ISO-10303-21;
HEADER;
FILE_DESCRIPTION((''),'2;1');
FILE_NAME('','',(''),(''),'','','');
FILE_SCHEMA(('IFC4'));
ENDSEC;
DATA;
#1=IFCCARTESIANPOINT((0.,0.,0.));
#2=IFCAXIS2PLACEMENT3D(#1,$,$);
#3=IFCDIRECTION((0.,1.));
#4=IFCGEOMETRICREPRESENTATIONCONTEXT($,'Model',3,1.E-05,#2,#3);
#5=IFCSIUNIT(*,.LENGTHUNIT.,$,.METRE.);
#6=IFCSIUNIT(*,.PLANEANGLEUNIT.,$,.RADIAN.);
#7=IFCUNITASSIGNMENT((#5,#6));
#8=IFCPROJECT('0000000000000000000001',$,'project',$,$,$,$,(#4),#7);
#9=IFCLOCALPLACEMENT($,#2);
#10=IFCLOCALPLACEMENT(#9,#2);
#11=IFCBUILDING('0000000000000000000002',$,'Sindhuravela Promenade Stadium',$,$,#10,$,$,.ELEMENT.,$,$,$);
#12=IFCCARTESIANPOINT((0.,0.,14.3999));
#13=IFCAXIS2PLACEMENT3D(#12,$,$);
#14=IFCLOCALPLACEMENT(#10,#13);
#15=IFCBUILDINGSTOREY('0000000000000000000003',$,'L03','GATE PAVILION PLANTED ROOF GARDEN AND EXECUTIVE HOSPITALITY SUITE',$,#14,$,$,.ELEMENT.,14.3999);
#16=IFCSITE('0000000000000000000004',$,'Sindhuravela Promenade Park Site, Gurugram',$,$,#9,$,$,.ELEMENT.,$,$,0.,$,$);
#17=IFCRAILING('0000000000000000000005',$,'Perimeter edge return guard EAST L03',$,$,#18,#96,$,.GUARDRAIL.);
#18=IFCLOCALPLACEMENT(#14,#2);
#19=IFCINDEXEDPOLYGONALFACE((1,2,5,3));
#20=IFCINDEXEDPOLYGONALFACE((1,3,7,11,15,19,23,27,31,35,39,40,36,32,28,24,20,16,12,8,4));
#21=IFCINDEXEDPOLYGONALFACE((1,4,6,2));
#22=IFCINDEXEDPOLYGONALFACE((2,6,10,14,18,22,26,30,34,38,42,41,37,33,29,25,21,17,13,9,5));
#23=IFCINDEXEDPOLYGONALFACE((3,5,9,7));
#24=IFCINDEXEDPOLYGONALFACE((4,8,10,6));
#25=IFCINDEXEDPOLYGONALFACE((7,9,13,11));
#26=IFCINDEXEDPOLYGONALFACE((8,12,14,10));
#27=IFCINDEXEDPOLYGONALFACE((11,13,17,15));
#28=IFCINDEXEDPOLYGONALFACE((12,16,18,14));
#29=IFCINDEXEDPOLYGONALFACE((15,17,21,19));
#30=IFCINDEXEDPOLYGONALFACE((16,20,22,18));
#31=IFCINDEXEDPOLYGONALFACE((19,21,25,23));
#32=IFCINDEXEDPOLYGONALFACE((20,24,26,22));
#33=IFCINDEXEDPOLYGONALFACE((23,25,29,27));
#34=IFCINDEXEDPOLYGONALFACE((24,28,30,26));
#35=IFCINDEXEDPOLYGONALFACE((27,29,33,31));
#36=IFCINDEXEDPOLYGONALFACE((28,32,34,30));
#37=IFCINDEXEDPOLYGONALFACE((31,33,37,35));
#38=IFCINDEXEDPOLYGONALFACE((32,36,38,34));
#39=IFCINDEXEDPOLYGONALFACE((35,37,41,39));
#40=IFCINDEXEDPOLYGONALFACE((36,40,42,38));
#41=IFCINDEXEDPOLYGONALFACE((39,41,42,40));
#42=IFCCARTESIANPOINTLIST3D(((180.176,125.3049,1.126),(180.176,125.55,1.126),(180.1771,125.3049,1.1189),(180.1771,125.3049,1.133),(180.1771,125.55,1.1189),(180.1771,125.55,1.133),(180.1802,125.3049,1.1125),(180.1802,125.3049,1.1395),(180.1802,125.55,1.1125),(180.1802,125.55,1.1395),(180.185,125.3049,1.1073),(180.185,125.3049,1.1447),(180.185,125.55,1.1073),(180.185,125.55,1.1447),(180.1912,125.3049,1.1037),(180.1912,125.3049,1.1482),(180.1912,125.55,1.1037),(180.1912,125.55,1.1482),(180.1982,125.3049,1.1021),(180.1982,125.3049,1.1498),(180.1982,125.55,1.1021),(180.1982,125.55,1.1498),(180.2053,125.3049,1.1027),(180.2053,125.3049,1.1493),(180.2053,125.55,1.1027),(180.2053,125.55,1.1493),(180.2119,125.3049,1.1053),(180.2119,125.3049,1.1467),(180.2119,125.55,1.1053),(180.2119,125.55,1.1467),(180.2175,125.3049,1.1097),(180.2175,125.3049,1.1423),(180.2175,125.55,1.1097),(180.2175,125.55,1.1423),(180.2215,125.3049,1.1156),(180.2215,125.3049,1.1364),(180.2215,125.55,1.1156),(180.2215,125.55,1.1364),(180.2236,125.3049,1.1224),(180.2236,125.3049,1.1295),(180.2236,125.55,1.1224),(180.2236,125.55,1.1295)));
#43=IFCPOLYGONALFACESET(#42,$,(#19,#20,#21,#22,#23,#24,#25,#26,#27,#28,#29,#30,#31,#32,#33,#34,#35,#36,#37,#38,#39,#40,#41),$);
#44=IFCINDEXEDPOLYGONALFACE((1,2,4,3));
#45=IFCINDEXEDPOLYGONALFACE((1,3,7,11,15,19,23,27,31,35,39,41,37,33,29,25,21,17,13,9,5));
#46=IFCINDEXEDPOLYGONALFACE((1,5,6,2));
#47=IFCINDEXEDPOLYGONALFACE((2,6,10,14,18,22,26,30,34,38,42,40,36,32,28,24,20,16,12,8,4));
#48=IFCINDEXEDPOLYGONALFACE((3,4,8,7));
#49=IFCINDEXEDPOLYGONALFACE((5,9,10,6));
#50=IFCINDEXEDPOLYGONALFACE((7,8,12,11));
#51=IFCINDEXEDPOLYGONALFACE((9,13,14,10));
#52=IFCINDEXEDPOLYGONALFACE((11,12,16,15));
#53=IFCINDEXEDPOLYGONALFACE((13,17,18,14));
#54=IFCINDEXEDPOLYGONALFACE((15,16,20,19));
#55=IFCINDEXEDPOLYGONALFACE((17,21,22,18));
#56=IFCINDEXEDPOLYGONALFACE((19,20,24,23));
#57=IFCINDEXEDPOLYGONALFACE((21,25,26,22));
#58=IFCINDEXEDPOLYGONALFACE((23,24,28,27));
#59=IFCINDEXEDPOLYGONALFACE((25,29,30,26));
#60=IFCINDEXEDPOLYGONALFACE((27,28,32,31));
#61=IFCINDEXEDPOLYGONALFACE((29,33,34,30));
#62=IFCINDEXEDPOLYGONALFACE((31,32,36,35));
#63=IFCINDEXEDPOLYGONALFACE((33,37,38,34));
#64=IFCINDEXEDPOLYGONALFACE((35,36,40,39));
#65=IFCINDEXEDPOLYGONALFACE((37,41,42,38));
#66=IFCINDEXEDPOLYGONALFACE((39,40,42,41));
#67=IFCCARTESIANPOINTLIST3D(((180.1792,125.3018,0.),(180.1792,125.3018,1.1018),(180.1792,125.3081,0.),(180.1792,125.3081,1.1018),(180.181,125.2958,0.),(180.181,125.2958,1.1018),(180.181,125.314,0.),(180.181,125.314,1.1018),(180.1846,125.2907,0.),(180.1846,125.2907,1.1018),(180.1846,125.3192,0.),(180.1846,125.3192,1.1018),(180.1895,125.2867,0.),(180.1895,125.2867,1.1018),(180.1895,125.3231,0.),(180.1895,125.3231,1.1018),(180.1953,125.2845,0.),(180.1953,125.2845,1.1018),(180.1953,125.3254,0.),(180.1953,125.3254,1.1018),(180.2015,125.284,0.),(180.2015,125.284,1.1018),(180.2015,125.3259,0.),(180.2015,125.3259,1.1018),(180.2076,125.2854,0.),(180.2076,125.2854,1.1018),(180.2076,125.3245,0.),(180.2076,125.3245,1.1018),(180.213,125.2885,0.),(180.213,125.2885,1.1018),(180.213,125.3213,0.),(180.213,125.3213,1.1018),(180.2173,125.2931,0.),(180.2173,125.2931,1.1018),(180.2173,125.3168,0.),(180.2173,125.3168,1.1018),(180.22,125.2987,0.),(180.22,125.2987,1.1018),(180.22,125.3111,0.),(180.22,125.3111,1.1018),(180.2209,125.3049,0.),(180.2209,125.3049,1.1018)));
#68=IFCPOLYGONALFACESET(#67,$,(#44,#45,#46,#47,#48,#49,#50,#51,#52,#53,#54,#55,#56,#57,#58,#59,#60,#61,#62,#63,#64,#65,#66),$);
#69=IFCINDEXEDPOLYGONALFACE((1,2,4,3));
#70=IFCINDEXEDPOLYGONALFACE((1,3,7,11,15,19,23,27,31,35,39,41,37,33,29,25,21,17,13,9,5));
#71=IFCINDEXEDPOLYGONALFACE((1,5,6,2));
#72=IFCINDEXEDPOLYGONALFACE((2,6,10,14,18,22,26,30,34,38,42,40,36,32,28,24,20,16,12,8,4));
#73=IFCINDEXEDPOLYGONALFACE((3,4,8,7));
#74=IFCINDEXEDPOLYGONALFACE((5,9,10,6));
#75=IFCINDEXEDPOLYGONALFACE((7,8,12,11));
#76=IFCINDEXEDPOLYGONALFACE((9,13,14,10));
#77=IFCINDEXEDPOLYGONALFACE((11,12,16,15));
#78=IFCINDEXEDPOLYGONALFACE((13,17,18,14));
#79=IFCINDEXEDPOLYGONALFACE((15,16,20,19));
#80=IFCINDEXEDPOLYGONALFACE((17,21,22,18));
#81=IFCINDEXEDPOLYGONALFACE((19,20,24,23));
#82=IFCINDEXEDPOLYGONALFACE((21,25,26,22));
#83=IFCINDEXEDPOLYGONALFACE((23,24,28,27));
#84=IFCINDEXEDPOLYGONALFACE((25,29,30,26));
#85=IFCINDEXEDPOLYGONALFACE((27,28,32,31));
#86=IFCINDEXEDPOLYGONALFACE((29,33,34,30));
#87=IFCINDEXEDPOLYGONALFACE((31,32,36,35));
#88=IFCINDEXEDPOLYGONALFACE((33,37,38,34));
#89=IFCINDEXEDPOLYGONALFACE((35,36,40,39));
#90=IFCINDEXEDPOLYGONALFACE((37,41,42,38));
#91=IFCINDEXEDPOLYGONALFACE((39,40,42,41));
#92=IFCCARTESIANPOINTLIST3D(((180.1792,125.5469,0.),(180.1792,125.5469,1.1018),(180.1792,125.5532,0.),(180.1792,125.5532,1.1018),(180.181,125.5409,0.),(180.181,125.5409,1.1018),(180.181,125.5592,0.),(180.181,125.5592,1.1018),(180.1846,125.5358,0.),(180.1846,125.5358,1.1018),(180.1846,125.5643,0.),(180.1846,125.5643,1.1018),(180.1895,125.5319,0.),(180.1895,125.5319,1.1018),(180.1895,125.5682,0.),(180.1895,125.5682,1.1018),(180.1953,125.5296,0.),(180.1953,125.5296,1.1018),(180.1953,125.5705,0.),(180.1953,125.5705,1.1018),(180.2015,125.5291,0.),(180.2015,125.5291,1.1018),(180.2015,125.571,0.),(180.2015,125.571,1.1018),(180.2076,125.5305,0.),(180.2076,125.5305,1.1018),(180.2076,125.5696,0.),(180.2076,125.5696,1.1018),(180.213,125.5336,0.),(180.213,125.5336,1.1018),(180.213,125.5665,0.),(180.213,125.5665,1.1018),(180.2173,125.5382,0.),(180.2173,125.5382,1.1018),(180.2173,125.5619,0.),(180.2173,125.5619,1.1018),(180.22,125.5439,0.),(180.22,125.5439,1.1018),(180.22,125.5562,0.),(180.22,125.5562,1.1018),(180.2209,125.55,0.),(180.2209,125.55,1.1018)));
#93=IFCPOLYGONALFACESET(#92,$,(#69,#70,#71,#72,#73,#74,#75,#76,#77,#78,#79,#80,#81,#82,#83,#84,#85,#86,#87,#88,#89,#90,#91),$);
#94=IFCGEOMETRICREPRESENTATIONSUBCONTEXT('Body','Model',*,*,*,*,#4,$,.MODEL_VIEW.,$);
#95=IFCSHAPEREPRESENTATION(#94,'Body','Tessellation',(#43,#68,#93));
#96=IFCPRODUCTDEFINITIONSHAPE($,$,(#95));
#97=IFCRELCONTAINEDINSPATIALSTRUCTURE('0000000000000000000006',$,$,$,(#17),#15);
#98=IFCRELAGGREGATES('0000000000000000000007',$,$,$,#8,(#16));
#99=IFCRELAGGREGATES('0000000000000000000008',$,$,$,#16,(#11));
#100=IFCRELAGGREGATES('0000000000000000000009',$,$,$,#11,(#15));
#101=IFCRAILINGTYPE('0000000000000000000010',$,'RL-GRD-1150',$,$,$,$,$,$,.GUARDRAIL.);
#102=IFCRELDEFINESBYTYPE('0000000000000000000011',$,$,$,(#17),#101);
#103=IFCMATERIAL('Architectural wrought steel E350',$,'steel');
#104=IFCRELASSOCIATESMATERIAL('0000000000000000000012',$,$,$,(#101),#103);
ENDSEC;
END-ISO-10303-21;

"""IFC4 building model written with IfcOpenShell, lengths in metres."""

from ifc_helpers import new_model, si_unit, direction, frame, origin, origin_2d, place, context, subcontext, project, spatial, circle, extrude, material, type_object, element, save


model = new_model("IFC4")

# Units and contexts
model_context = context("Model", 3, precision=1e-05, world=origin(), true_north=direction((0.0, 1.0)))
body_context = subcontext(model_context, "Body", "Model", "MODEL_VIEW")
ifc_project = project(units=[si_unit("LENGTHUNIT", "METRE"), si_unit("PLANEANGLEUNIT", "RADIAN")], contexts=[model_context])

# Site, building, storey
site_placement = place(None, origin())
site = spatial("IfcSite", under=ifc_project, at=site_placement, Name="Sindhuravela Promenade Park Site, Gurugram", CompositionType="ELEMENT", RefElevation=0.0)
building_placement = place(site_placement, origin())
building = spatial("IfcBuilding", under=site, at=building_placement, Name="Sindhuravela Promenade Stadium", CompositionType="ELEMENT")
storey_placement = place(building_placement, frame((0.0, 0.0, 14.3999)))
storey = spatial("IfcBuildingStorey", under=building, at=storey_placement, Name="L03", Description="GATE PAVILION PLANTED ROOF GARDEN AND EXECUTIVE HOSPITALITY SUITE", CompositionType="ELEMENT", Elevation=14.3999)

# Railing
ifc_material_1 = material(Name="Architectural wrought steel E350", Category="steel")
railing_type_1 = type_object("IfcRailingType", Name="RL-GRD-1150", PredefinedType="GUARDRAIL", material=ifc_material_1)
railing_1_placement = place(storey_placement, frame((180.2, 125.3049, 0.0)))
element("IfcRailing", 1, at=railing_1_placement, inside=storey, type_object=railing_type_1, Name="Perimeter edge return guard EAST L03", PredefinedType="GUARDRAIL", context=body_context, shape_type="SweptSolid", body=[
    extrude(circle(Radius=0.0239, at=origin_2d()), frame((0.0, 0.0, 1.126), z_axis=(0.0, 1.0, 0.0), x_axis=(-1.0, 0.0, 0.0)), (0.0, 0.0, 1.0), 0.2451),
    extrude(circle(Radius=0.021, at=origin_2d()), origin(), (0.0, 0.0, 1.0), 1.1018),
    extrude(circle(Radius=0.021, at=origin_2d()), frame((0.0, 0.2451, 0.0)), (0.0, 0.0, 1.0), 1.1018),
])

save(model, "model.ifc")
